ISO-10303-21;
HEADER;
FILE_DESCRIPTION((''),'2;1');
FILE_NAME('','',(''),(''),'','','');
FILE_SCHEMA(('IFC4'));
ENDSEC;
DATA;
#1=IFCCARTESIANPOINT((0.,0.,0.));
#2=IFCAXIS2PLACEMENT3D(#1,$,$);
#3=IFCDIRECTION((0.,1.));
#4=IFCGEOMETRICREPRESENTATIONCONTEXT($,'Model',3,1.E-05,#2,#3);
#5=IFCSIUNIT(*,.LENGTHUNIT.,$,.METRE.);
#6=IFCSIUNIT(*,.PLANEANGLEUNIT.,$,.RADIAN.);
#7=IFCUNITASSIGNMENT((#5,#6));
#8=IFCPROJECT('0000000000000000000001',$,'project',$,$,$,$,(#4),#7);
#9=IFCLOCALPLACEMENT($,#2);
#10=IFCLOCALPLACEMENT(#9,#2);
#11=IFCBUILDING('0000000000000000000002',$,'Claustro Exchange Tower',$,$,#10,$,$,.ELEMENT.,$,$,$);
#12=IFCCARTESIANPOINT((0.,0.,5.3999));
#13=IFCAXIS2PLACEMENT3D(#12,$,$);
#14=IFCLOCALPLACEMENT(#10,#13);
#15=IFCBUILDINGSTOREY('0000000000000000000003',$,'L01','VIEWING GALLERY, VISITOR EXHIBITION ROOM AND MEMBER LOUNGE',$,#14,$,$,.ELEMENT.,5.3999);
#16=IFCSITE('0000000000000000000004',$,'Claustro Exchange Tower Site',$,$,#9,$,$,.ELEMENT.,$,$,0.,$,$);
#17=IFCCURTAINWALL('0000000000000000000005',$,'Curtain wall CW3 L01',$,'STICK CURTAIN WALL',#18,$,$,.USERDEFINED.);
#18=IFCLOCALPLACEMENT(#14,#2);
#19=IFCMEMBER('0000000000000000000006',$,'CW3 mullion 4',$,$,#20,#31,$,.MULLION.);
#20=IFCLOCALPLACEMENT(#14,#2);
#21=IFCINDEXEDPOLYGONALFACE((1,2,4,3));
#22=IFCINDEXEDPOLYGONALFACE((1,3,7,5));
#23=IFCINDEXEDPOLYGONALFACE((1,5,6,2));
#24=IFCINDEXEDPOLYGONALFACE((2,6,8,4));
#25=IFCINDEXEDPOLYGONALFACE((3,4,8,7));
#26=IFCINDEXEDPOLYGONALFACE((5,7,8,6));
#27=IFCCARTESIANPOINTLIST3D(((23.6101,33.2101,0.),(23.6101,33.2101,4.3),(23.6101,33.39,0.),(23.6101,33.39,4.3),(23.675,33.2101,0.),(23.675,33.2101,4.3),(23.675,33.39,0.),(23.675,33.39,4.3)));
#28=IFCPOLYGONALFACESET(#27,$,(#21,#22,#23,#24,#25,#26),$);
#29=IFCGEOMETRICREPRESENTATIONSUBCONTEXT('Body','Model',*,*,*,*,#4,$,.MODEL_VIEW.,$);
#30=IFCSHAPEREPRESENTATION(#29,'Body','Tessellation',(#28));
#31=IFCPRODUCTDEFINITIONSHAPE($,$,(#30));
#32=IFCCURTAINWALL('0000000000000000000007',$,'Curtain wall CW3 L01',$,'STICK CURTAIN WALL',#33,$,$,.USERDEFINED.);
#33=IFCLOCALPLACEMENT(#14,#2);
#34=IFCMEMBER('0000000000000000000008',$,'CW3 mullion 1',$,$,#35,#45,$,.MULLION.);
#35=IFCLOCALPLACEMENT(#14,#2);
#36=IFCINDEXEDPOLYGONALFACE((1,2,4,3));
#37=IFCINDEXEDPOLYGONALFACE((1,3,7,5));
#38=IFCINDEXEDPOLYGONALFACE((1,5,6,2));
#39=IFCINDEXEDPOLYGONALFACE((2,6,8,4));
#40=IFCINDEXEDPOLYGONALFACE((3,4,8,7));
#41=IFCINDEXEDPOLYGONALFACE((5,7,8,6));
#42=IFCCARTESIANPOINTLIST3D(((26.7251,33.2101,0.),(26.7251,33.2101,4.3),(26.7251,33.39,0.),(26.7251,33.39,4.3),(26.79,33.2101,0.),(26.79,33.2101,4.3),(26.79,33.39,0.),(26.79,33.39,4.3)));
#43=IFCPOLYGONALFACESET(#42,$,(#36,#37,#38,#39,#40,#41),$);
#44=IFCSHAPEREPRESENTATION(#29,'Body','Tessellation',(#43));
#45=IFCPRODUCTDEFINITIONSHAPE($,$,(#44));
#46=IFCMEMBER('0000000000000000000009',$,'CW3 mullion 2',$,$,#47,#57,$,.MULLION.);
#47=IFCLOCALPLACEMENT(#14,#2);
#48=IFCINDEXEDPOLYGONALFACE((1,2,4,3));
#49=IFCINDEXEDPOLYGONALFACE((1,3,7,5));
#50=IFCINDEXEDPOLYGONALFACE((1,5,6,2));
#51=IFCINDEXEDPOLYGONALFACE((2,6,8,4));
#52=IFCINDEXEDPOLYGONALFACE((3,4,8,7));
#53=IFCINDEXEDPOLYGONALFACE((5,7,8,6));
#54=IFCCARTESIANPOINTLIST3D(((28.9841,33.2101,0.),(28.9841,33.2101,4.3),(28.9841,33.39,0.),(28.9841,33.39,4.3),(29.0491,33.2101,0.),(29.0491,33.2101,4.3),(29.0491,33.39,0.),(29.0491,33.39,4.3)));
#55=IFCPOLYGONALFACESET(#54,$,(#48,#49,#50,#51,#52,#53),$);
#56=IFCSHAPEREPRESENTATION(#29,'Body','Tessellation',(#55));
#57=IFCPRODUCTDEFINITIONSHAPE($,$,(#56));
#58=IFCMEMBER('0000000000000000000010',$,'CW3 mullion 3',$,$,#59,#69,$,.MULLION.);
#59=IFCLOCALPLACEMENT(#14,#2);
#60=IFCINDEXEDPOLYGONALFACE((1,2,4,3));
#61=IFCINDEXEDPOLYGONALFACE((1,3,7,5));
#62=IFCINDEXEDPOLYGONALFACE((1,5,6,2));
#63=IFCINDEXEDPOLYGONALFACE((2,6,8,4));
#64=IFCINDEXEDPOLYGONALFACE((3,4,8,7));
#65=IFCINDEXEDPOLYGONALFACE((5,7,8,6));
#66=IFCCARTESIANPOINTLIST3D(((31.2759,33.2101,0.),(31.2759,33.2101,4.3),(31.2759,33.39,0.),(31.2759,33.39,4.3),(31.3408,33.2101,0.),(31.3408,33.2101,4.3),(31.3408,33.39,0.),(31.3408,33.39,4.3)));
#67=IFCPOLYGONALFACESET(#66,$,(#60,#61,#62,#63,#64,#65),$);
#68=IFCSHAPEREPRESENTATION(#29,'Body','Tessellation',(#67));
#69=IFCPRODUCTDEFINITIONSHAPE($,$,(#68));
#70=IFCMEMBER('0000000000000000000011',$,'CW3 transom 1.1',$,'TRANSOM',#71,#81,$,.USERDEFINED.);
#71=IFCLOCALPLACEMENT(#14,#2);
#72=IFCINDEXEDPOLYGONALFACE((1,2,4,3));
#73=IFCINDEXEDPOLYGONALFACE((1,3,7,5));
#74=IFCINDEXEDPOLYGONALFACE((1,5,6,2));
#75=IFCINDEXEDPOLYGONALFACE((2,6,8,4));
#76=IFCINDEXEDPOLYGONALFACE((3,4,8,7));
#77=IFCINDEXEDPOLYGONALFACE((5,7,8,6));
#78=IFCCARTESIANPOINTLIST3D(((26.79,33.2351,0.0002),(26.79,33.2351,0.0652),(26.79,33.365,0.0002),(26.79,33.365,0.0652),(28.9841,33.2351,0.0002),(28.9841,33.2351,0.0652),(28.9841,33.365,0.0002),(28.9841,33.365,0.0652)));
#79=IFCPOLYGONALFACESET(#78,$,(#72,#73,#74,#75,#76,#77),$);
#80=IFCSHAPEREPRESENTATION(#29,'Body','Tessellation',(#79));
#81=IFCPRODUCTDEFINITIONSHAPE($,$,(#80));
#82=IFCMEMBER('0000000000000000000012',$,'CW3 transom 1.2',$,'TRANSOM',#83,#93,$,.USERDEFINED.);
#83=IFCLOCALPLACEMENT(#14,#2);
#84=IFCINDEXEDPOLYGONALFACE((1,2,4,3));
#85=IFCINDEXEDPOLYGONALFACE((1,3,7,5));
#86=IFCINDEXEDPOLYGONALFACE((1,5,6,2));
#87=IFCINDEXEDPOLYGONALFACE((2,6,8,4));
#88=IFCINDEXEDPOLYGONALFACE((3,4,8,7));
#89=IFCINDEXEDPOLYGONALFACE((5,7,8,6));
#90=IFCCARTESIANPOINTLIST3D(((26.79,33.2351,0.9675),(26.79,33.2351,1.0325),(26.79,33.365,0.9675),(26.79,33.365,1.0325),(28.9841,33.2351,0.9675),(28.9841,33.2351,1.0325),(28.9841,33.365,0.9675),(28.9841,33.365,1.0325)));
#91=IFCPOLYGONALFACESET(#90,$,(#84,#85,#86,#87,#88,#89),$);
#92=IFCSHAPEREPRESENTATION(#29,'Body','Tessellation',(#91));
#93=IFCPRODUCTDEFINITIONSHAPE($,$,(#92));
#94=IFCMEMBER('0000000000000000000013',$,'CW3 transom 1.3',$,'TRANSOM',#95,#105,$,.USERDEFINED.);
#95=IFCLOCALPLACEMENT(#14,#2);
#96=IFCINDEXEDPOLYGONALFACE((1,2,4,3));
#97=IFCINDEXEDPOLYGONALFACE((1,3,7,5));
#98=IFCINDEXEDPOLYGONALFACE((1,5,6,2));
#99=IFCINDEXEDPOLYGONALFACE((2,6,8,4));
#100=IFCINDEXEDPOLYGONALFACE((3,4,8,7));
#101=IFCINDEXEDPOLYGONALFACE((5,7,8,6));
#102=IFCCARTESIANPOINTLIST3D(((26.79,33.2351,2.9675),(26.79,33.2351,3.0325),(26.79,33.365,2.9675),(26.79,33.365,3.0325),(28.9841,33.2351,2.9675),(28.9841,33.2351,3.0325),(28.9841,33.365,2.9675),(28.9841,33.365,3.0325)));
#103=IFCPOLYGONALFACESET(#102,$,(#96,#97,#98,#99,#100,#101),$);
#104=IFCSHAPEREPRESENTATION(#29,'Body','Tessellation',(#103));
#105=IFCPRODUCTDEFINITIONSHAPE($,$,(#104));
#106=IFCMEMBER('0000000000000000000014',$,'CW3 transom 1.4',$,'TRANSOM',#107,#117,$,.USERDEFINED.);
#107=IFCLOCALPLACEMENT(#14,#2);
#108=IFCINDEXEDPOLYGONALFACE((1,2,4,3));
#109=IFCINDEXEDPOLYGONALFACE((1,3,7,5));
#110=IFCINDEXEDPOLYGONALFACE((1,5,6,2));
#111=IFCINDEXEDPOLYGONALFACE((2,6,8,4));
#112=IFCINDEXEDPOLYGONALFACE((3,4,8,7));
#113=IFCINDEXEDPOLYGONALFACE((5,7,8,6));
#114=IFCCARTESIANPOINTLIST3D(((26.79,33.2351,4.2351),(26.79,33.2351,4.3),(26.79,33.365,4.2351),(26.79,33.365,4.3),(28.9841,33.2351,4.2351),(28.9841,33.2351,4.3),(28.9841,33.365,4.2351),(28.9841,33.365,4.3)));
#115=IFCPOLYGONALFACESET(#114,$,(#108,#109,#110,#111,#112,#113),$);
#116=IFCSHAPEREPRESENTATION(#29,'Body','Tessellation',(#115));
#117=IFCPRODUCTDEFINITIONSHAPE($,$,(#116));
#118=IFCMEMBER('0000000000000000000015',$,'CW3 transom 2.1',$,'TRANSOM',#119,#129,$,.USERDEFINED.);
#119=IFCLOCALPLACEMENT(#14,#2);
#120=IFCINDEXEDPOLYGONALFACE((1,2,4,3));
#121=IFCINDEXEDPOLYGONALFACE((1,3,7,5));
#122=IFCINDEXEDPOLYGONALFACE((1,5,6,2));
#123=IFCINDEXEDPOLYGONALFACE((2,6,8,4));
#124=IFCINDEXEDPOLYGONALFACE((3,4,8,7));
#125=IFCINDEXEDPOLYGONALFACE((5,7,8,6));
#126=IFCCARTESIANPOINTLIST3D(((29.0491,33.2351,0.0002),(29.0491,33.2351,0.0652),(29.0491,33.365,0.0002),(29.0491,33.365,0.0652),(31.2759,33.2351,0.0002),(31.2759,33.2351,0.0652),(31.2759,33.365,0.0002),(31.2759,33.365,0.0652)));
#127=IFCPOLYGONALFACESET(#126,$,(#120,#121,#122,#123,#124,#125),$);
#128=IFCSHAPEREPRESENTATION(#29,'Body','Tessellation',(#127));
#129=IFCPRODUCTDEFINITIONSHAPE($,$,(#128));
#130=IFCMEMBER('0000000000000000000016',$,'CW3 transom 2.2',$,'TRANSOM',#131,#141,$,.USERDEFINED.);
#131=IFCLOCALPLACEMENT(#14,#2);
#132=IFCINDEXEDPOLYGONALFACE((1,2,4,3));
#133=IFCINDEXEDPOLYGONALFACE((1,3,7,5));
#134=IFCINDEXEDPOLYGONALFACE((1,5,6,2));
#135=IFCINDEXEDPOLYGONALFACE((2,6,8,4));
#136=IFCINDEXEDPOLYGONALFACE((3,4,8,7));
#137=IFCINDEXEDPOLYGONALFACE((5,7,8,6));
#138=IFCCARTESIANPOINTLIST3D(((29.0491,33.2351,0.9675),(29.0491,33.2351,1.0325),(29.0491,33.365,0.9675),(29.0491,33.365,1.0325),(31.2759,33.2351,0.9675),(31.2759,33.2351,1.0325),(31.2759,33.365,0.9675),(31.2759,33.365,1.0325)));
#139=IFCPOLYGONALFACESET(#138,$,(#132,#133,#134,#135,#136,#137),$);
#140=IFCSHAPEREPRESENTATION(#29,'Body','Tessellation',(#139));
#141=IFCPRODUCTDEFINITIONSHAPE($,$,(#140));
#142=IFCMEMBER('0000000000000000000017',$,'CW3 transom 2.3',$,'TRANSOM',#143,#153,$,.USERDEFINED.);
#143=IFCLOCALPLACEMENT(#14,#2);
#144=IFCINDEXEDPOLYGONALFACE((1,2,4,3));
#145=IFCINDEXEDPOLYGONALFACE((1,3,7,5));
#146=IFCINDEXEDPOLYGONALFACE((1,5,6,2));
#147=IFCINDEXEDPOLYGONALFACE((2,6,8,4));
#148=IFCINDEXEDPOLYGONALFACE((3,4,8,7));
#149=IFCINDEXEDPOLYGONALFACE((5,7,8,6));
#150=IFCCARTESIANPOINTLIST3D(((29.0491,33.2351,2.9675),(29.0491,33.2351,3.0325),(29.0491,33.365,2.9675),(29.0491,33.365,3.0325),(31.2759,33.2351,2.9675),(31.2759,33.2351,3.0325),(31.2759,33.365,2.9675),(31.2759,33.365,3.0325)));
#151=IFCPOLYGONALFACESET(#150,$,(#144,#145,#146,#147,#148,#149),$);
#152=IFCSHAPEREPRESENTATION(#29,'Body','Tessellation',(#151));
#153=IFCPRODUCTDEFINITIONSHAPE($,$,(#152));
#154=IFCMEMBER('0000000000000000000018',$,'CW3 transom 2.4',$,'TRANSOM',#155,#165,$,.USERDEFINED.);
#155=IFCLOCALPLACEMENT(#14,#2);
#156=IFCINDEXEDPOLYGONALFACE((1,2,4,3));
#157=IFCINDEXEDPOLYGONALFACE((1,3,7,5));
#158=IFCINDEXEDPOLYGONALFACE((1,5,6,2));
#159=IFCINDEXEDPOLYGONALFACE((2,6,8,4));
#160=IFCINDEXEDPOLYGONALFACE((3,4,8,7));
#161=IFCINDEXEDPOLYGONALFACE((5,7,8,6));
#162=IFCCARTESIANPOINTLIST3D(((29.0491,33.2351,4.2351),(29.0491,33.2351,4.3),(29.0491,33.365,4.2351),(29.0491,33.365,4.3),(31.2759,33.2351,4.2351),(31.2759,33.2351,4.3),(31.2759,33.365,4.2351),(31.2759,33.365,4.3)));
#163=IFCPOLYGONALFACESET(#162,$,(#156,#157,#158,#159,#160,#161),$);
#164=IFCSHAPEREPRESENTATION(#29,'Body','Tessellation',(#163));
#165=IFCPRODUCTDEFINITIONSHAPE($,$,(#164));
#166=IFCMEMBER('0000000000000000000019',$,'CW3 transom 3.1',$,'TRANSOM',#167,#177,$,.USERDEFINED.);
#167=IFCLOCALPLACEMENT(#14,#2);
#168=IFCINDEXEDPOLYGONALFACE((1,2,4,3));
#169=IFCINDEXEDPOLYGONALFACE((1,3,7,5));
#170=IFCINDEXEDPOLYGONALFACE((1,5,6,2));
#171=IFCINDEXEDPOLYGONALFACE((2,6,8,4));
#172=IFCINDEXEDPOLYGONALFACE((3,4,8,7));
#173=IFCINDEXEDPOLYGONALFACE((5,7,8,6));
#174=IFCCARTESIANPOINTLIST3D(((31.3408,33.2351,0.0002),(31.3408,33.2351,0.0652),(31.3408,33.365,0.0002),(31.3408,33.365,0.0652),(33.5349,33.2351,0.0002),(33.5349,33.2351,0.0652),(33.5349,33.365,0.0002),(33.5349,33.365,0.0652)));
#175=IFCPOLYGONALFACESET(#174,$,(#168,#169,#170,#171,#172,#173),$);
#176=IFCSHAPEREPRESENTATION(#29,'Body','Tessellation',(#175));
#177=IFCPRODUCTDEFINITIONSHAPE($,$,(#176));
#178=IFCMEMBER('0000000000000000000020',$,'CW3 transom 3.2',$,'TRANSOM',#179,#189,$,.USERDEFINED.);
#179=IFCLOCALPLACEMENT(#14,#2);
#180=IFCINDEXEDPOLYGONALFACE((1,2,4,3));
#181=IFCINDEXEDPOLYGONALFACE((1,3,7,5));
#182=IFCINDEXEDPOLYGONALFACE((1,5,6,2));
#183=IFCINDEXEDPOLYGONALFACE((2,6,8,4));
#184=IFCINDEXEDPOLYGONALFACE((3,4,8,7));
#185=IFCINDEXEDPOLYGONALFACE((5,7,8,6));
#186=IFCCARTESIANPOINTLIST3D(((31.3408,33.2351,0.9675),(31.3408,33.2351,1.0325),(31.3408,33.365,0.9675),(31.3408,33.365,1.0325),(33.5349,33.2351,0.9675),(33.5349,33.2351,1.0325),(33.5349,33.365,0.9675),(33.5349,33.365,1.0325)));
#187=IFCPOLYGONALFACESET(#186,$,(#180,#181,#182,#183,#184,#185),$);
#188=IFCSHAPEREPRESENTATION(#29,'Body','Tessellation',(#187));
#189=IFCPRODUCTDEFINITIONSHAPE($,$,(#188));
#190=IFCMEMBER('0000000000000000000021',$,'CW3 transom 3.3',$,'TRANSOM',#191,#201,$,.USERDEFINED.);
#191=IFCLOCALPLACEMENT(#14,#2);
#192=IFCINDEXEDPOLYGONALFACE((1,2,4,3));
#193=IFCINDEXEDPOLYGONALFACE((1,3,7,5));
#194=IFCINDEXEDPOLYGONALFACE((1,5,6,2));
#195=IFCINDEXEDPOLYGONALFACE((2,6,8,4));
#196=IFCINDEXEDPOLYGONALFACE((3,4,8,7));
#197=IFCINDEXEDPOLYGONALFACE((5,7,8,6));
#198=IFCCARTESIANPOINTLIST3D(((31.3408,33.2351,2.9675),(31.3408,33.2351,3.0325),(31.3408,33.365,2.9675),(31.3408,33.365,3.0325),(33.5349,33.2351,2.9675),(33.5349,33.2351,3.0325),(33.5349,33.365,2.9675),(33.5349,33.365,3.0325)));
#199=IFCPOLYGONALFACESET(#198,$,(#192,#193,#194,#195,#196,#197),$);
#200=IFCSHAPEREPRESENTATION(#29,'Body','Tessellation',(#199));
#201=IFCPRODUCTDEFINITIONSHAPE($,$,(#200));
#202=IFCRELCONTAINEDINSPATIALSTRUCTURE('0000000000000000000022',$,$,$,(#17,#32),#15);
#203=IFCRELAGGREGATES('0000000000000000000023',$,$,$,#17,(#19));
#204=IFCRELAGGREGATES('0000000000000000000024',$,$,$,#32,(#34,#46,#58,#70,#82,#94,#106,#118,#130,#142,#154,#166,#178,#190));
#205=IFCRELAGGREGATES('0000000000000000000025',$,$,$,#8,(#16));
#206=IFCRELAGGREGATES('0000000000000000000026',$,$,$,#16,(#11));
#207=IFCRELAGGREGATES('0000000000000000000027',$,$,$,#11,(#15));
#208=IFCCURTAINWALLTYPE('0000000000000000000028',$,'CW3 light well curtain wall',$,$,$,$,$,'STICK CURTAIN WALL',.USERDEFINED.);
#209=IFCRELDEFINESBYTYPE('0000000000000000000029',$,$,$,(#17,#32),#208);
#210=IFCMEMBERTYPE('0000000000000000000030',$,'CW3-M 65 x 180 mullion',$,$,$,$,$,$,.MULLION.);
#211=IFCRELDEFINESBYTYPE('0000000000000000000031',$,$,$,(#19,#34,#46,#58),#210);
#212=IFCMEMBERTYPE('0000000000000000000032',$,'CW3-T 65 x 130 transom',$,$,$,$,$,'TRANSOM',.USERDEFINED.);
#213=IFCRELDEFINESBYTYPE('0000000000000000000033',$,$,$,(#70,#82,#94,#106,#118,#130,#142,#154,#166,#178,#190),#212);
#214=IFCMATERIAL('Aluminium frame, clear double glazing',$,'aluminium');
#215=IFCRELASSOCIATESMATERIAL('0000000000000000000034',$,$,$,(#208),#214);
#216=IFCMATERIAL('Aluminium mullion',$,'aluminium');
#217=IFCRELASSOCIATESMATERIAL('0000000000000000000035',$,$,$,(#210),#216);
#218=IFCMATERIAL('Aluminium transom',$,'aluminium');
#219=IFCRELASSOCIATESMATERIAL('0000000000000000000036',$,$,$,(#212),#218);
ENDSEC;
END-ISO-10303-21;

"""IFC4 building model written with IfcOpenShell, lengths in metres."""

from ifc_helpers import new_model, si_unit, direction, frame, origin, origin_2d, place, context, subcontext, project, spatial, rectangle, extrude, material, material_profile, profile_set, type_object, element, aggregate, save


model = new_model("IFC4")

# Units and contexts
model_context = context("Model", 3, precision=1e-05, world=origin(), true_north=direction((0.0, 1.0)))
body_context = subcontext(model_context, "Body", "Model", "MODEL_VIEW")
ifc_project = project(units=[si_unit("LENGTHUNIT", "METRE"), si_unit("PLANEANGLEUNIT", "RADIAN")], contexts=[model_context])

# Site, building, storey
site_placement = place(None, origin())
site = spatial("IfcSite", under=ifc_project, at=site_placement, Name="Claustro Exchange Tower Site", CompositionType="ELEMENT", RefElevation=0.0)
building_placement = place(site_placement, origin())
building = spatial("IfcBuilding", under=site, at=building_placement, Name="Claustro Exchange Tower", CompositionType="ELEMENT")
storey_placement = place(building_placement, frame((0.0, 0.0, 5.3999)))
storey = spatial("IfcBuildingStorey", under=building, at=storey_placement, Name="L01", Description="VIEWING GALLERY, VISITOR EXHIBITION ROOM AND MEMBER LOUNGE", CompositionType="ELEMENT", Elevation=5.3999)

# Curtain wall, member
ifc_material_1 = material(Name="Aluminium frame, clear double glazing", Category="aluminium")
curtain_wall_type = type_object("IfcCurtainWallType", Name="CW3 light well curtain wall", ElementType="STICK CURTAIN WALL", PredefinedType="USERDEFINED", material=ifc_material_1)
curtain_wall_1_placement = place(storey_placement, origin())
curtain_wall_1 = element("IfcCurtainWall", 1, at=curtain_wall_1_placement, inside=storey, type_object=curtain_wall_type, Name="Curtain wall CW3 L01", ObjectType="STICK CURTAIN WALL", PredefinedType="USERDEFINED")
ifc_material_2 = material(Name="Aluminium mullion", Category="aluminium")
ifc_material_profile_1 = material_profile(ifc_material_2, rectangle(XDim=0.1799, YDim=0.0649, at=origin_2d()), Name="CW3-M 65x180")
ifc_profile_set_1 = profile_set([ifc_material_profile_1], Name="Aluminium mullion")
member_type_1 = type_object("IfcMemberType", Name="CW3-M 65 x 180 mullion", PredefinedType="MULLION", material=ifc_profile_set_1)
member_1_placement = place(storey_placement, frame((23.6426, 33.3, 0.0), z_axis=(0.0, 0.0, 1.0), x_axis=(0.0, 1.0, 0.0)))
member_1 = element("IfcMember", 2, at=member_1_placement, type_object=member_type_1, Name="CW3 mullion 4", PredefinedType="MULLION", context=body_context, shape_type="SweptSolid", body=[
    extrude(rectangle(XDim=0.1799, YDim=0.0649, at=origin_2d()), origin(), (0.0, 0.0, 1.0), 4.3),
])
aggregate(curtain_wall_1, [member_1])

# Curtain wall, members
curtain_wall_2_placement = place(storey_placement, origin())
curtain_wall_2 = element("IfcCurtainWall", 3, at=curtain_wall_2_placement, inside=storey, type_object=curtain_wall_type, Name="Curtain wall CW3 L01", ObjectType="STICK CURTAIN WALL", PredefinedType="USERDEFINED")
member_2_placement = place(storey_placement, frame((26.7576, 33.3, 0.0), z_axis=(0.0, 0.0, 1.0), x_axis=(0.0, 1.0, 0.0)))
member_2 = element("IfcMember", 4, at=member_2_placement, type_object=member_type_1, Name="CW3 mullion 1", PredefinedType="MULLION", context=body_context, shape_type="SweptSolid", body=[
    extrude(rectangle(XDim=0.1799, YDim=0.0649, at=origin_2d()), origin(), (0.0, 0.0, 1.0), 4.3),
])
member_3_placement = place(storey_placement, frame((29.0166, 33.3, 0.0), z_axis=(0.0, 0.0, 1.0), x_axis=(0.0, 1.0, 0.0)))
member_3 = element("IfcMember", 5, at=member_3_placement, type_object=member_type_1, Name="CW3 mullion 2", PredefinedType="MULLION", context=body_context, shape_type="SweptSolid", body=[
    extrude(rectangle(XDim=0.1799, YDim=0.0649, at=origin_2d()), origin(), (0.0, 0.0, 1.0), 4.3),
])
member_4_placement = place(storey_placement, frame((31.3083, 33.3, 0.0), z_axis=(0.0, 0.0, 1.0), x_axis=(0.0, 1.0, 0.0)))
member_4 = element("IfcMember", 6, at=member_4_placement, type_object=member_type_1, Name="CW3 mullion 3", PredefinedType="MULLION", context=body_context, shape_type="SweptSolid", body=[
    extrude(rectangle(XDim=0.1799, YDim=0.0649, at=origin_2d()), origin(), (0.0, 0.0, 1.0), 4.3),
])
ifc_material_3 = material(Name="Aluminium transom", Category="aluminium")
ifc_material_profile_2 = material_profile(ifc_material_3, rectangle(XDim=0.1299, YDim=0.0649, at=origin_2d()), Name="CW3-T 65x130")
ifc_profile_set_2 = profile_set([ifc_material_profile_2], Name="Aluminium transom")
member_type_2 = type_object("IfcMemberType", Name="CW3-T 65 x 130 transom", ElementType="TRANSOM", PredefinedType="USERDEFINED", material=ifc_profile_set_2)
member_5_placement = place(storey_placement, frame((26.79, 33.3, 0.0327), z_axis=(1.0, 0.0, 0.0), x_axis=(0.0, 1.0, 0.0)))
member_5 = element("IfcMember", 7, at=member_5_placement, type_object=member_type_2, Name="CW3 transom 1.1", ObjectType="TRANSOM", PredefinedType="USERDEFINED", context=body_context, shape_type="SweptSolid", body=[
    extrude(rectangle(XDim=0.1299, YDim=0.0649, at=origin_2d()), origin(), (0.0, 0.0, 1.0), 2.1941),
])
member_6_placement = place(storey_placement, frame((26.79, 33.3, 1.0), z_axis=(1.0, 0.0, 0.0), x_axis=(0.0, 1.0, 0.0)))
member_6 = element("IfcMember", 8, at=member_6_placement, type_object=member_type_2, Name="CW3 transom 1.2", ObjectType="TRANSOM", PredefinedType="USERDEFINED", context=body_context, shape_type="SweptSolid", body=[
    extrude(rectangle(XDim=0.1299, YDim=0.0649, at=origin_2d()), origin(), (0.0, 0.0, 1.0), 2.1941),
])
member_7_placement = place(storey_placement, frame((26.79, 33.3, 3.0), z_axis=(1.0, 0.0, 0.0), x_axis=(0.0, 1.0, 0.0)))
member_7 = element("IfcMember", 9, at=member_7_placement, type_object=member_type_2, Name="CW3 transom 1.3", ObjectType="TRANSOM", PredefinedType="USERDEFINED", context=body_context, shape_type="SweptSolid", body=[
    extrude(rectangle(XDim=0.1299, YDim=0.0649, at=origin_2d()), origin(), (0.0, 0.0, 1.0), 2.1941),
])
member_8_placement = place(storey_placement, frame((26.79, 33.3, 4.2676), z_axis=(1.0, 0.0, 0.0), x_axis=(0.0, 1.0, 0.0)))
member_8 = element("IfcMember", 10, at=member_8_placement, type_object=member_type_2, Name="CW3 transom 1.4", ObjectType="TRANSOM", PredefinedType="USERDEFINED", context=body_context, shape_type="SweptSolid", body=[
    extrude(rectangle(XDim=0.1299, YDim=0.0649, at=origin_2d()), origin(), (0.0, 0.0, 1.0), 2.1941),
])
member_9_placement = place(storey_placement, frame((29.0491, 33.3, 0.0327), z_axis=(1.0, 0.0, 0.0), x_axis=(0.0, 1.0, 0.0)))
member_9 = element("IfcMember", 11, at=member_9_placement, type_object=member_type_2, Name="CW3 transom 2.1", ObjectType="TRANSOM", PredefinedType="USERDEFINED", context=body_context, shape_type="SweptSolid", body=[
    extrude(rectangle(XDim=0.1299, YDim=0.0649, at=origin_2d()), origin(), (0.0, 0.0, 1.0), 2.2268),
])
member_10_placement = place(storey_placement, frame((29.0491, 33.3, 1.0), z_axis=(1.0, 0.0, 0.0), x_axis=(0.0, 1.0, 0.0)))
member_10 = element("IfcMember", 12, at=member_10_placement, type_object=member_type_2, Name="CW3 transom 2.2", ObjectType="TRANSOM", PredefinedType="USERDEFINED", context=body_context, shape_type="SweptSolid", body=[
    extrude(rectangle(XDim=0.1299, YDim=0.0649, at=origin_2d()), origin(), (0.0, 0.0, 1.0), 2.2268),
])
member_11_placement = place(storey_placement, frame((29.0491, 33.3, 3.0), z_axis=(1.0, 0.0, 0.0), x_axis=(0.0, 1.0, 0.0)))
member_11 = element("IfcMember", 13, at=member_11_placement, type_object=member_type_2, Name="CW3 transom 2.3", ObjectType="TRANSOM", PredefinedType="USERDEFINED", context=body_context, shape_type="SweptSolid", body=[
    extrude(rectangle(XDim=0.1299, YDim=0.0649, at=origin_2d()), origin(), (0.0, 0.0, 1.0), 2.2268),
])
member_12_placement = place(storey_placement, frame((29.0491, 33.3, 4.2676), z_axis=(1.0, 0.0, 0.0), x_axis=(0.0, 1.0, 0.0)))
member_12 = element("IfcMember", 14, at=member_12_placement, type_object=member_type_2, Name="CW3 transom 2.4", ObjectType="TRANSOM", PredefinedType="USERDEFINED", context=body_context, shape_type="SweptSolid", body=[
    extrude(rectangle(XDim=0.1299, YDim=0.0649, at=origin_2d()), origin(), (0.0, 0.0, 1.0), 2.2268),
])
member_13_placement = place(storey_placement, frame((31.3408, 33.3, 0.0327), z_axis=(1.0, 0.0, 0.0), x_axis=(0.0, 1.0, 0.0)))
member_13 = element("IfcMember", 15, at=member_13_placement, type_object=member_type_2, Name="CW3 transom 3.1", ObjectType="TRANSOM", PredefinedType="USERDEFINED", context=body_context, shape_type="SweptSolid", body=[
    extrude(rectangle(XDim=0.1299, YDim=0.0649, at=origin_2d()), origin(), (0.0, 0.0, 1.0), 2.1941),
])
member_14_placement = place(storey_placement, frame((31.3408, 33.3, 1.0), z_axis=(1.0, 0.0, 0.0), x_axis=(0.0, 1.0, 0.0)))
member_14 = element("IfcMember", 16, at=member_14_placement, type_object=member_type_2, Name="CW3 transom 3.2", ObjectType="TRANSOM", PredefinedType="USERDEFINED", context=body_context, shape_type="SweptSolid", body=[
    extrude(rectangle(XDim=0.1299, YDim=0.0649, at=origin_2d()), origin(), (0.0, 0.0, 1.0), 2.1941),
])
member_15_placement = place(storey_placement, frame((31.3408, 33.3, 3.0), z_axis=(1.0, 0.0, 0.0), x_axis=(0.0, 1.0, 0.0)))
member_15 = element("IfcMember", 17, at=member_15_placement, type_object=member_type_2, Name="CW3 transom 3.3", ObjectType="TRANSOM", PredefinedType="USERDEFINED", context=body_context, shape_type="SweptSolid", body=[
    extrude(rectangle(XDim=0.1299, YDim=0.0649, at=origin_2d()), origin(), (0.0, 0.0, 1.0), 2.1941),
])

aggregate(curtain_wall_2, [member_2, member_3, member_4, member_5, member_6, member_7, member_8, member_9, member_10, member_11, member_12, member_13, member_14, member_15])

save(model, "model.ifc")
